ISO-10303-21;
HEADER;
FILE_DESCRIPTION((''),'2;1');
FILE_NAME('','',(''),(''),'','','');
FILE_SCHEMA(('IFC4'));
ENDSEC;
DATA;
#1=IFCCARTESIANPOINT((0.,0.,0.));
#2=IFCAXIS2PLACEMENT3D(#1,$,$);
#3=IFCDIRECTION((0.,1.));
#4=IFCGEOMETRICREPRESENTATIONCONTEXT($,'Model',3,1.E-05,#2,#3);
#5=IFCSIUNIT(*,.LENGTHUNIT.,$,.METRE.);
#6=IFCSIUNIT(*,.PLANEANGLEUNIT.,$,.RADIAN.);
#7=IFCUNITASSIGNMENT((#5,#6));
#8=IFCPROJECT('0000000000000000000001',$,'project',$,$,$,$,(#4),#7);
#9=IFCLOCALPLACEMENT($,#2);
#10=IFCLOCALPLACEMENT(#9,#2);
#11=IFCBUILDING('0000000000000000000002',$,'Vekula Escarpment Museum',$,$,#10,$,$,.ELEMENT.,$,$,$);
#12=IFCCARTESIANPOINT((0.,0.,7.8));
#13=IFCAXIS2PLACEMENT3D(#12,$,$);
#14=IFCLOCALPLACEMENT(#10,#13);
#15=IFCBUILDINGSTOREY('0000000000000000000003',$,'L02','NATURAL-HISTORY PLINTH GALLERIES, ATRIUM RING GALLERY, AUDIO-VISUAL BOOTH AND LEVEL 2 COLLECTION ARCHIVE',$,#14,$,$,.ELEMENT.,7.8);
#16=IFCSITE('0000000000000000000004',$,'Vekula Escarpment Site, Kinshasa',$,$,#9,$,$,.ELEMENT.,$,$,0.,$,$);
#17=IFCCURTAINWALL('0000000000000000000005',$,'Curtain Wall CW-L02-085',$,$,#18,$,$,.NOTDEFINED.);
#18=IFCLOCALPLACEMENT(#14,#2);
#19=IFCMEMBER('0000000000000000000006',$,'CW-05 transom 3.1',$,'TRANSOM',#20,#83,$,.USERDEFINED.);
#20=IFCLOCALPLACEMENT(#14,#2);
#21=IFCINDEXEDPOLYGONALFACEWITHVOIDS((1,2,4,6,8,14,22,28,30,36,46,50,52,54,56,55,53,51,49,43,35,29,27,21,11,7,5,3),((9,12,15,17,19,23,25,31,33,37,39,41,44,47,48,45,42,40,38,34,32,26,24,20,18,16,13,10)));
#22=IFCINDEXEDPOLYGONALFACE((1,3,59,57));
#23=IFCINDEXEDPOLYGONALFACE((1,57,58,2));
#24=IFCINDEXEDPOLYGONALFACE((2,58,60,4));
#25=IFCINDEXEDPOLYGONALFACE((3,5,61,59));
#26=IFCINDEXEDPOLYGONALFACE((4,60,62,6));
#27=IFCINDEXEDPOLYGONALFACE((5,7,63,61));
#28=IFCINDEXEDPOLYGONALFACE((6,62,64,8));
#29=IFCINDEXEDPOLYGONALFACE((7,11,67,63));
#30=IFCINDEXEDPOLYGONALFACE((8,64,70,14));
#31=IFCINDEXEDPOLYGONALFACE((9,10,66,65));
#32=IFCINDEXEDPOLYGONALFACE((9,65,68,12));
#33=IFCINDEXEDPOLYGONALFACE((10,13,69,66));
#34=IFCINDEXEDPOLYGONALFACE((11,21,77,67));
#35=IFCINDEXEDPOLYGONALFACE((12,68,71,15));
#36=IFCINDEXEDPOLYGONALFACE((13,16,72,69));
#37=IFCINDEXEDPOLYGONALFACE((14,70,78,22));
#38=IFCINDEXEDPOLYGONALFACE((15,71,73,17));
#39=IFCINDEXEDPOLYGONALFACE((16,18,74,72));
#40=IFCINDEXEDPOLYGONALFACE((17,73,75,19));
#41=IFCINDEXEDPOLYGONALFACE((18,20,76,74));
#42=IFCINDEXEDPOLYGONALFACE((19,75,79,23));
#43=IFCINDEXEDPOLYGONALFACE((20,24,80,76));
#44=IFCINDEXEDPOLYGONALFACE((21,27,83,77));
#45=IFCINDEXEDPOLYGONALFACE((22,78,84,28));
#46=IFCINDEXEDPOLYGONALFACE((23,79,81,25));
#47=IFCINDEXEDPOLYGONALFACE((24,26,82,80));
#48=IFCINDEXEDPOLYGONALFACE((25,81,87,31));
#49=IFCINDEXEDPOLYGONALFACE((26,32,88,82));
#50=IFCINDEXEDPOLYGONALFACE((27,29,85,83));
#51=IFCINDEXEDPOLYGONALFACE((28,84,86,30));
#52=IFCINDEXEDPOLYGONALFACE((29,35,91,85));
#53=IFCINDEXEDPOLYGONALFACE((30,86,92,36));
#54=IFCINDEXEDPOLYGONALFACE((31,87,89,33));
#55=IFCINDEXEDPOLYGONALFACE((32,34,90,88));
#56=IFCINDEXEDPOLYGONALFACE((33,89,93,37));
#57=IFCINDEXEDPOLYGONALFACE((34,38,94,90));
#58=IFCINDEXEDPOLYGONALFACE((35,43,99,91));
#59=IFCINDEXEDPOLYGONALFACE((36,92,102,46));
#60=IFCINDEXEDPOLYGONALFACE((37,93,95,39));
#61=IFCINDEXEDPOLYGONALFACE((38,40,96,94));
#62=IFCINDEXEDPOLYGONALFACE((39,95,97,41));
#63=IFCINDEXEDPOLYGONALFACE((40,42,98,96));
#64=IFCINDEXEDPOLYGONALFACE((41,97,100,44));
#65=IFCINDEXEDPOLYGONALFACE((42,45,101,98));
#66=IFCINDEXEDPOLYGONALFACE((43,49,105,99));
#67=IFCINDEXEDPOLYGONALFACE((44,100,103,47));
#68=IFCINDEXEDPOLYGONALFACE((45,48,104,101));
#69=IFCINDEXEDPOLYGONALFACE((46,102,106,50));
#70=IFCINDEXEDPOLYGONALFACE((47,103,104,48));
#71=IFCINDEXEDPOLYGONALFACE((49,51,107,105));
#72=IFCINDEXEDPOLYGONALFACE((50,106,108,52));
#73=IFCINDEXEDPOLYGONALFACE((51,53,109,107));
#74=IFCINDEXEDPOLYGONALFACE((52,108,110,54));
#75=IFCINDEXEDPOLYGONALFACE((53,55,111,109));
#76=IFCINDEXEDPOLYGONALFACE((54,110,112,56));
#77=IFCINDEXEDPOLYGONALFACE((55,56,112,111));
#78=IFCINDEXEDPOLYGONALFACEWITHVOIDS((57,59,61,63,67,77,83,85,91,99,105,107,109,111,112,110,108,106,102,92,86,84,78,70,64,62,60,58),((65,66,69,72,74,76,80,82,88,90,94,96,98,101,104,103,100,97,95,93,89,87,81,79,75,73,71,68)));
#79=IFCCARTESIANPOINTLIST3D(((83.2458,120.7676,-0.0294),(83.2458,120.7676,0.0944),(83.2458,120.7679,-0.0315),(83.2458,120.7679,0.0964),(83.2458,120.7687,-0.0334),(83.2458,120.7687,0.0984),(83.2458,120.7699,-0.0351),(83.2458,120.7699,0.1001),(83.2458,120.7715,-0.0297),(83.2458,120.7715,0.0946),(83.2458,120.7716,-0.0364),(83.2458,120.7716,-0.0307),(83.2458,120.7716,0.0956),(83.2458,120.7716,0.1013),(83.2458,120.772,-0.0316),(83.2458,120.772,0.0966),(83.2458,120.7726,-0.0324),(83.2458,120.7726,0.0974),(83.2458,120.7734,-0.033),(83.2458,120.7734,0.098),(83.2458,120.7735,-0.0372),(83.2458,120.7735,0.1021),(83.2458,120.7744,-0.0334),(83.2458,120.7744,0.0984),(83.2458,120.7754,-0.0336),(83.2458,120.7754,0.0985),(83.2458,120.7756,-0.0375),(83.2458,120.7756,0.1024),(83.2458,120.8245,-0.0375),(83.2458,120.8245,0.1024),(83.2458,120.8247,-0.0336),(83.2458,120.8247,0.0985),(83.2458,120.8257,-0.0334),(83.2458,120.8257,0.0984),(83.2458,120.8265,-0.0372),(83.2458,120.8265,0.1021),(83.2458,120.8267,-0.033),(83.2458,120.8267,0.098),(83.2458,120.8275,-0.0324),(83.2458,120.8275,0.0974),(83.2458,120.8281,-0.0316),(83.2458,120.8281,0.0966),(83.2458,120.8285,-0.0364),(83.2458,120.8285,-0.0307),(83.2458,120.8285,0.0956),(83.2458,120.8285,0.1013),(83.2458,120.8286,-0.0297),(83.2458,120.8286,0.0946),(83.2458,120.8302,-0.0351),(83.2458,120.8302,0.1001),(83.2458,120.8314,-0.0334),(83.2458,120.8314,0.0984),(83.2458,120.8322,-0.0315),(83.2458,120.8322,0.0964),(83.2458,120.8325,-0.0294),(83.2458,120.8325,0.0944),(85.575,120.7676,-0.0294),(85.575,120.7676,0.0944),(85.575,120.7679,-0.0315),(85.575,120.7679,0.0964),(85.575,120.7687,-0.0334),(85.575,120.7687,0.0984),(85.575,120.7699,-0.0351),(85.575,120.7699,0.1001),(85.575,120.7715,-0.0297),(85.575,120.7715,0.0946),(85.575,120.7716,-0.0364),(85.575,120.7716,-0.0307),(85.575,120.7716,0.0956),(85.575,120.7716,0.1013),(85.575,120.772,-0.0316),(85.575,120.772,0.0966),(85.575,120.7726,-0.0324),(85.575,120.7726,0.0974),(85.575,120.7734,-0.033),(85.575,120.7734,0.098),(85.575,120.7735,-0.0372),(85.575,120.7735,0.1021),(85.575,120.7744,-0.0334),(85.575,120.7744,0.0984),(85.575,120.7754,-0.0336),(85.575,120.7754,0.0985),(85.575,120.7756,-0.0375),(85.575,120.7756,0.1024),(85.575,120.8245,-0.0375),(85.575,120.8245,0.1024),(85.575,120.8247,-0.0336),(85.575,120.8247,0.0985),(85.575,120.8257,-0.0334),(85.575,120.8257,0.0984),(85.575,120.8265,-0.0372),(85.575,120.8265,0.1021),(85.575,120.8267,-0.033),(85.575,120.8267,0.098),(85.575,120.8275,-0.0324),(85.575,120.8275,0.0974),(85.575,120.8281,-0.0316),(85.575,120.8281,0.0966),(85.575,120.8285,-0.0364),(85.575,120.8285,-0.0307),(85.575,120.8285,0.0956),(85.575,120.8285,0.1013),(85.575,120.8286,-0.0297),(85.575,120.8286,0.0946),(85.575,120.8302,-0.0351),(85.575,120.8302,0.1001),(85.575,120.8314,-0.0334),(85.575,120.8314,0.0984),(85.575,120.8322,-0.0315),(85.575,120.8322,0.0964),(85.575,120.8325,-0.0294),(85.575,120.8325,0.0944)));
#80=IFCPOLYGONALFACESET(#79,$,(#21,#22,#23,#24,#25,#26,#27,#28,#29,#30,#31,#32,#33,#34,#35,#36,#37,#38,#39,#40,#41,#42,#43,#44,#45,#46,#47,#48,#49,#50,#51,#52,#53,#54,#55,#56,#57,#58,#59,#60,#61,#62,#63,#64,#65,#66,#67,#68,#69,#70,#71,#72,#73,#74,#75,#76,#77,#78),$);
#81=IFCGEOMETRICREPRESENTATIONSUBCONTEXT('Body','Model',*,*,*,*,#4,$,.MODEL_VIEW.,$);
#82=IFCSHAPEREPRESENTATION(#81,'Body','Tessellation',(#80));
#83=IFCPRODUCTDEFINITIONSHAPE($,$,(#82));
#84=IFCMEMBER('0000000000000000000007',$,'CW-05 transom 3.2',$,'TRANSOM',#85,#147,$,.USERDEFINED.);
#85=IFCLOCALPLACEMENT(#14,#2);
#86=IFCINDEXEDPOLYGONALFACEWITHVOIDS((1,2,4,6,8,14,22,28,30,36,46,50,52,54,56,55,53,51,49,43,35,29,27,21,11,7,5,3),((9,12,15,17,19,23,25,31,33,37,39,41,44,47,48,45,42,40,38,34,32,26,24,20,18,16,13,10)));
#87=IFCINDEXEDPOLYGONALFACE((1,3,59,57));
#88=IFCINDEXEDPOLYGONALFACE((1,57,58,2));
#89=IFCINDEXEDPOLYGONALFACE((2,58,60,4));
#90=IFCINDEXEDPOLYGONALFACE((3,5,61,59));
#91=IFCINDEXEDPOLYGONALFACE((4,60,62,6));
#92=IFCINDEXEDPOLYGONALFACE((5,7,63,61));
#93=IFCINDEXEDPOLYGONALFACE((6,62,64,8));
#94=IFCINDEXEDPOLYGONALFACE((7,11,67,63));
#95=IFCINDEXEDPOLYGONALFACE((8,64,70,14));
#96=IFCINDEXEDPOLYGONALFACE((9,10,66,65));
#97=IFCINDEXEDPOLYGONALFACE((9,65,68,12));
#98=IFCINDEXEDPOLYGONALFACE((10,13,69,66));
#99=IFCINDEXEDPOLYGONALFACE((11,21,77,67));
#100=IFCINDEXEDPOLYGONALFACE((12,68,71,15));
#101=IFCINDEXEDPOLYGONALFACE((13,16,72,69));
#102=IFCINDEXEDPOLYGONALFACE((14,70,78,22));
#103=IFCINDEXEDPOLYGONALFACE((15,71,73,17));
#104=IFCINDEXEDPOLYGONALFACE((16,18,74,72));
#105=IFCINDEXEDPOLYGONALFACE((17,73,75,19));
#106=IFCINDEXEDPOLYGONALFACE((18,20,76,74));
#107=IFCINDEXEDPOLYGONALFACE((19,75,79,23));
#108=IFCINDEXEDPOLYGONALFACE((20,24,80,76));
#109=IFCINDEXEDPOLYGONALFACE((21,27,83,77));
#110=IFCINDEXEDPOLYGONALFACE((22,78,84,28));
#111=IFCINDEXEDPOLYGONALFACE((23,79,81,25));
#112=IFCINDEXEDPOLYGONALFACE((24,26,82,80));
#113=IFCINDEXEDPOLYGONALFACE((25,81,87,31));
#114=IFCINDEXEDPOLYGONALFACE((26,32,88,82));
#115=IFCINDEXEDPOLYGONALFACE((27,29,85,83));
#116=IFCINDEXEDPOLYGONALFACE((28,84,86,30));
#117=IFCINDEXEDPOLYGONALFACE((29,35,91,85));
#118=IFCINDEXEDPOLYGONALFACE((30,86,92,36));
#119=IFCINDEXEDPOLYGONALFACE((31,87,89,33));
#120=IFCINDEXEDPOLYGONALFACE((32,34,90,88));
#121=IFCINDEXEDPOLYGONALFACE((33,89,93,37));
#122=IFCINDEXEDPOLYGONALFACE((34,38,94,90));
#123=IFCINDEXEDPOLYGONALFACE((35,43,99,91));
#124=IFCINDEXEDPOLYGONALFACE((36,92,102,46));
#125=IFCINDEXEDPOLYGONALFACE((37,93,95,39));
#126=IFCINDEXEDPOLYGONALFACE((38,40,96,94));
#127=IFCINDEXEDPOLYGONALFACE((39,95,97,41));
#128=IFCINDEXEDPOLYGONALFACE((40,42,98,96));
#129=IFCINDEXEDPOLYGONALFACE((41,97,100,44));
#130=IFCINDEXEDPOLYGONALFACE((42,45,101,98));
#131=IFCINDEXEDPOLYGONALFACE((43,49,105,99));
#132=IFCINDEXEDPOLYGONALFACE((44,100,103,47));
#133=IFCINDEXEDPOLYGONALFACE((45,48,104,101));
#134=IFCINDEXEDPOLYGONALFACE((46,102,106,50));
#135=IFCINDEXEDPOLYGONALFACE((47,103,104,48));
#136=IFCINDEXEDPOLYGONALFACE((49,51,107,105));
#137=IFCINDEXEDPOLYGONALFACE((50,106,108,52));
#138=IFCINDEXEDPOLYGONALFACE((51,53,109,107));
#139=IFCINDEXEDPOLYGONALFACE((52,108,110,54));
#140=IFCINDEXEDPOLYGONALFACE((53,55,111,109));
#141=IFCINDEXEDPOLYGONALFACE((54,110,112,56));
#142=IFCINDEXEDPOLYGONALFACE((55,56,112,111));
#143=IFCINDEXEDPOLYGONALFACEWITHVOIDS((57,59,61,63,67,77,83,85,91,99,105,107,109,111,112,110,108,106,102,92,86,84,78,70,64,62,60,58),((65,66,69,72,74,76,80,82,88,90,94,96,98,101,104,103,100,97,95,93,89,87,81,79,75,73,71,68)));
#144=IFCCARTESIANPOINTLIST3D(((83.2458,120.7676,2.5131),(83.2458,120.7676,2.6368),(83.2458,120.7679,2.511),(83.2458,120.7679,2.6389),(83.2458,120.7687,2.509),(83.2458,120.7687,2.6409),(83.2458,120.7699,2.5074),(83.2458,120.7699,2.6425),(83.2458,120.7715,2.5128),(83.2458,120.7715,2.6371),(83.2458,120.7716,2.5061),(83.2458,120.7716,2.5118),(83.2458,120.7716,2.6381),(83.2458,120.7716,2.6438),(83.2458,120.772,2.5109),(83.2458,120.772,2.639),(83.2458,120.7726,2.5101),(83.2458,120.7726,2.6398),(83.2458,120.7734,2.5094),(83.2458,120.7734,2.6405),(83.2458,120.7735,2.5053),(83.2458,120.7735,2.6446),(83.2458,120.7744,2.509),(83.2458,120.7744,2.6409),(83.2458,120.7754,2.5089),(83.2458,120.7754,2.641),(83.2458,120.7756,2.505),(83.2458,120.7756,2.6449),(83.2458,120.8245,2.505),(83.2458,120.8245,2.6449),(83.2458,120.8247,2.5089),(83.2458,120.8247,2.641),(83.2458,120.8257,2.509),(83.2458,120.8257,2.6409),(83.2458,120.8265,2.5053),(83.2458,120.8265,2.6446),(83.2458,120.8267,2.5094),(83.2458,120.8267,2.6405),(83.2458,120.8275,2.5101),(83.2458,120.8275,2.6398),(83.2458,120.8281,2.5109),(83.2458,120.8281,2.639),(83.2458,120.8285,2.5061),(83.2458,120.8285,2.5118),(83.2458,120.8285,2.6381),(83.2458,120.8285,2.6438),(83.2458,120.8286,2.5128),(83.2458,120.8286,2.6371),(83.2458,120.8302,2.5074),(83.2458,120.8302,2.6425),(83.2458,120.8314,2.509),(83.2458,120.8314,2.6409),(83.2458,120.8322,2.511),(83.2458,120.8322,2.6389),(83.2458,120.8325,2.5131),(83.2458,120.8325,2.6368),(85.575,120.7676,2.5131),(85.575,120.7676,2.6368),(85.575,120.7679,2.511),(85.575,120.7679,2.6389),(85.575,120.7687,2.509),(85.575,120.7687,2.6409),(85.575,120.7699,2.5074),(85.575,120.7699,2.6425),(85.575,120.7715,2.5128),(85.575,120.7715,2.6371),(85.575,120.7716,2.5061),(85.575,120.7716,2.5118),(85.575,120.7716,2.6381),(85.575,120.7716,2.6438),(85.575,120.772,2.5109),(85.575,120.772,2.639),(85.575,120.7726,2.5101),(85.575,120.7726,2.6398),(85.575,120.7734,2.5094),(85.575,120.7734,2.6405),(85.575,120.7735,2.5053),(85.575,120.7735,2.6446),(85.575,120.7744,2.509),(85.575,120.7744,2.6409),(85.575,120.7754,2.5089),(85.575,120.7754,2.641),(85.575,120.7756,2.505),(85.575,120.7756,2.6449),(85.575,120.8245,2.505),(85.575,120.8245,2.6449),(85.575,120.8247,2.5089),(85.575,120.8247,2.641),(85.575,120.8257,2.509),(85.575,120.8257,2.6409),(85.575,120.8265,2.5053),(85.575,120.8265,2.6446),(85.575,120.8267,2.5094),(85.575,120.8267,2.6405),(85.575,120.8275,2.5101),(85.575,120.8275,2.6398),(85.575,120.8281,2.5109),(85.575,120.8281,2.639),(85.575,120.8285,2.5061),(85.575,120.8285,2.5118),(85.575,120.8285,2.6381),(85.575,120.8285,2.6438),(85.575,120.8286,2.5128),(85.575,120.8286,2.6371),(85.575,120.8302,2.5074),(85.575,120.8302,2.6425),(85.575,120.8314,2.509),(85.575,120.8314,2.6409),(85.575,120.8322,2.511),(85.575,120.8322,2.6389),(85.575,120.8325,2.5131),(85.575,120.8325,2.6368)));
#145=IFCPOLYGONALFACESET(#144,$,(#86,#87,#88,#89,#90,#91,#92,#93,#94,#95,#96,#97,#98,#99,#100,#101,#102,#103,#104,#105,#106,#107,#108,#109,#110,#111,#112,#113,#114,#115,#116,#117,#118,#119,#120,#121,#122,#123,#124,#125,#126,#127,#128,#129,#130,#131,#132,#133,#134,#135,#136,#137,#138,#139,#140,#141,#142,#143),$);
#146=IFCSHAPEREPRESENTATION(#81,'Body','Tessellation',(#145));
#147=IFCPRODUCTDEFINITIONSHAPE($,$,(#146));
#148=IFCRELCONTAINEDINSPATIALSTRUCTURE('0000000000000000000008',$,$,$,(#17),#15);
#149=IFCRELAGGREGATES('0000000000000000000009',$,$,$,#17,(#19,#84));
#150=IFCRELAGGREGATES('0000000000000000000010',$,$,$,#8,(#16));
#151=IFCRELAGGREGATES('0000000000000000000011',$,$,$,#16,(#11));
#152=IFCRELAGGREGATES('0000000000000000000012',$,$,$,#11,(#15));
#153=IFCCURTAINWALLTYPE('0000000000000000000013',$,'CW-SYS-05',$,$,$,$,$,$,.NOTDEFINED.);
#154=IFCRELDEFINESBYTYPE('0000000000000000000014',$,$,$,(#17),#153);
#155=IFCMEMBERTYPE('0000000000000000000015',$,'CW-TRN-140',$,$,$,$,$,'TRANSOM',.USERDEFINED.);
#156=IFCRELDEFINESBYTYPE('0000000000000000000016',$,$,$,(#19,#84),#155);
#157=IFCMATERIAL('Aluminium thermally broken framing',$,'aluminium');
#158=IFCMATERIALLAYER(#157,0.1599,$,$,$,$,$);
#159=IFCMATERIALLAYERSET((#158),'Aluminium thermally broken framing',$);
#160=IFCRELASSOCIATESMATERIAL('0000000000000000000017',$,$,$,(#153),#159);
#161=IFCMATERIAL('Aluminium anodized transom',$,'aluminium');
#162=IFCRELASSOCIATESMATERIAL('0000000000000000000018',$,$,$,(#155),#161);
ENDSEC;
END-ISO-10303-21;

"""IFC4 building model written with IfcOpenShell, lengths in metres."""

from ifc_helpers import new_model, si_unit, direction, frame, origin, origin_2d, place, context, subcontext, project, spatial, hollow_rectangle, extrude, material, layer, layer_set, material_profile, profile_set, type_object, element, aggregate, save


model = new_model("IFC4")

# Units and contexts
model_context = context("Model", 3, precision=1e-05, world=origin(), true_north=direction((0.0, 1.0)))
body_context = subcontext(model_context, "Body", "Model", "MODEL_VIEW")
ifc_project = project(units=[si_unit("LENGTHUNIT", "METRE"), si_unit("PLANEANGLEUNIT", "RADIAN")], contexts=[model_context])

# Site, building, storey
site_placement = place(None, origin())
site = spatial("IfcSite", under=ifc_project, at=site_placement, Name="Vekula Escarpment Site, Kinshasa", CompositionType="ELEMENT", RefElevation=0.0)
building_placement = place(site_placement, origin())
building = spatial("IfcBuilding", under=site, at=building_placement, Name="Vekula Escarpment Museum", CompositionType="ELEMENT")
storey_placement = place(building_placement, frame((0.0, 0.0, 7.8)))
storey = spatial("IfcBuildingStorey", under=building, at=storey_placement, Name="L02", Description="NATURAL-HISTORY PLINTH GALLERIES, ATRIUM RING GALLERY, AUDIO-VISUAL BOOTH AND LEVEL 2 COLLECTION ARCHIVE", CompositionType="ELEMENT", Elevation=7.8)

# Curtain wall, members
ifc_material_1 = material(Name="Aluminium thermally broken framing", Category="aluminium")
ifc_layer_1 = layer(ifc_material_1, 0.1599)
ifc_layer_set_1 = layer_set([ifc_layer_1], Name="Aluminium thermally broken framing")
curtain_wall_type = type_object("IfcCurtainWallType", Name="CW-SYS-05", PredefinedType="NOTDEFINED", material=ifc_layer_set_1)
curtain_wall_placement = place(storey_placement, origin())
curtain_wall = element("IfcCurtainWall", 1, at=curtain_wall_placement, inside=storey, type_object=curtain_wall_type, Name="Curtain Wall CW-L02-085", PredefinedType="NOTDEFINED")
ifc_material_2 = material(Name="Aluminium anodized transom", Category="aluminium")
ifc_material_profile_1 = material_profile(ifc_material_2, hollow_rectangle(XDim=0.0649, YDim=0.1399, WallThickness=0.0039, InnerFilletRadius=0.0039, OuterFilletRadius=0.0081, at=origin_2d()), Name="ALU 140x65x4")
ifc_profile_set_1 = profile_set([ifc_material_profile_1], Name="Aluminium anodized transom")
member_type_1 = type_object("IfcMemberType", Name="CW-TRN-140", ElementType="TRANSOM", PredefinedType="USERDEFINED", material=ifc_profile_set_1)
member_1_placement = place(storey_placement, frame((83.2458, 120.8, 0.0325), z_axis=(1.0, 0.0, 0.0), x_axis=(0.0, 1.0, 0.0)))
member_1 = element("IfcMember", 2, at=member_1_placement, type_object=member_type_1, Name="CW-05 transom 3.1", ObjectType="TRANSOM", PredefinedType="USERDEFINED", context=body_context, shape_type="SweptSolid", body=[
    extrude(hollow_rectangle(XDim=0.0649, YDim=0.1399, WallThickness=0.0039, InnerFilletRadius=0.0039, OuterFilletRadius=0.0081, at=origin_2d()), origin(), (0.0, 0.0, 1.0), 2.3291),
])
member_2_placement = place(storey_placement, frame((83.2458, 120.8, 2.575), z_axis=(1.0, 0.0, 0.0), x_axis=(0.0, 1.0, 0.0)))
member_2 = element("IfcMember", 3, at=member_2_placement, type_object=member_type_1, Name="CW-05 transom 3.2", ObjectType="TRANSOM", PredefinedType="USERDEFINED", context=body_context, shape_type="SweptSolid", body=[
    extrude(hollow_rectangle(XDim=0.0649, YDim=0.1399, WallThickness=0.0039, InnerFilletRadius=0.0039, OuterFilletRadius=0.0081, at=origin_2d()), origin(), (0.0, 0.0, 1.0), 2.3291),
])
aggregate(curtain_wall, [member_1, member_2])

save(model, "model.ifc")
